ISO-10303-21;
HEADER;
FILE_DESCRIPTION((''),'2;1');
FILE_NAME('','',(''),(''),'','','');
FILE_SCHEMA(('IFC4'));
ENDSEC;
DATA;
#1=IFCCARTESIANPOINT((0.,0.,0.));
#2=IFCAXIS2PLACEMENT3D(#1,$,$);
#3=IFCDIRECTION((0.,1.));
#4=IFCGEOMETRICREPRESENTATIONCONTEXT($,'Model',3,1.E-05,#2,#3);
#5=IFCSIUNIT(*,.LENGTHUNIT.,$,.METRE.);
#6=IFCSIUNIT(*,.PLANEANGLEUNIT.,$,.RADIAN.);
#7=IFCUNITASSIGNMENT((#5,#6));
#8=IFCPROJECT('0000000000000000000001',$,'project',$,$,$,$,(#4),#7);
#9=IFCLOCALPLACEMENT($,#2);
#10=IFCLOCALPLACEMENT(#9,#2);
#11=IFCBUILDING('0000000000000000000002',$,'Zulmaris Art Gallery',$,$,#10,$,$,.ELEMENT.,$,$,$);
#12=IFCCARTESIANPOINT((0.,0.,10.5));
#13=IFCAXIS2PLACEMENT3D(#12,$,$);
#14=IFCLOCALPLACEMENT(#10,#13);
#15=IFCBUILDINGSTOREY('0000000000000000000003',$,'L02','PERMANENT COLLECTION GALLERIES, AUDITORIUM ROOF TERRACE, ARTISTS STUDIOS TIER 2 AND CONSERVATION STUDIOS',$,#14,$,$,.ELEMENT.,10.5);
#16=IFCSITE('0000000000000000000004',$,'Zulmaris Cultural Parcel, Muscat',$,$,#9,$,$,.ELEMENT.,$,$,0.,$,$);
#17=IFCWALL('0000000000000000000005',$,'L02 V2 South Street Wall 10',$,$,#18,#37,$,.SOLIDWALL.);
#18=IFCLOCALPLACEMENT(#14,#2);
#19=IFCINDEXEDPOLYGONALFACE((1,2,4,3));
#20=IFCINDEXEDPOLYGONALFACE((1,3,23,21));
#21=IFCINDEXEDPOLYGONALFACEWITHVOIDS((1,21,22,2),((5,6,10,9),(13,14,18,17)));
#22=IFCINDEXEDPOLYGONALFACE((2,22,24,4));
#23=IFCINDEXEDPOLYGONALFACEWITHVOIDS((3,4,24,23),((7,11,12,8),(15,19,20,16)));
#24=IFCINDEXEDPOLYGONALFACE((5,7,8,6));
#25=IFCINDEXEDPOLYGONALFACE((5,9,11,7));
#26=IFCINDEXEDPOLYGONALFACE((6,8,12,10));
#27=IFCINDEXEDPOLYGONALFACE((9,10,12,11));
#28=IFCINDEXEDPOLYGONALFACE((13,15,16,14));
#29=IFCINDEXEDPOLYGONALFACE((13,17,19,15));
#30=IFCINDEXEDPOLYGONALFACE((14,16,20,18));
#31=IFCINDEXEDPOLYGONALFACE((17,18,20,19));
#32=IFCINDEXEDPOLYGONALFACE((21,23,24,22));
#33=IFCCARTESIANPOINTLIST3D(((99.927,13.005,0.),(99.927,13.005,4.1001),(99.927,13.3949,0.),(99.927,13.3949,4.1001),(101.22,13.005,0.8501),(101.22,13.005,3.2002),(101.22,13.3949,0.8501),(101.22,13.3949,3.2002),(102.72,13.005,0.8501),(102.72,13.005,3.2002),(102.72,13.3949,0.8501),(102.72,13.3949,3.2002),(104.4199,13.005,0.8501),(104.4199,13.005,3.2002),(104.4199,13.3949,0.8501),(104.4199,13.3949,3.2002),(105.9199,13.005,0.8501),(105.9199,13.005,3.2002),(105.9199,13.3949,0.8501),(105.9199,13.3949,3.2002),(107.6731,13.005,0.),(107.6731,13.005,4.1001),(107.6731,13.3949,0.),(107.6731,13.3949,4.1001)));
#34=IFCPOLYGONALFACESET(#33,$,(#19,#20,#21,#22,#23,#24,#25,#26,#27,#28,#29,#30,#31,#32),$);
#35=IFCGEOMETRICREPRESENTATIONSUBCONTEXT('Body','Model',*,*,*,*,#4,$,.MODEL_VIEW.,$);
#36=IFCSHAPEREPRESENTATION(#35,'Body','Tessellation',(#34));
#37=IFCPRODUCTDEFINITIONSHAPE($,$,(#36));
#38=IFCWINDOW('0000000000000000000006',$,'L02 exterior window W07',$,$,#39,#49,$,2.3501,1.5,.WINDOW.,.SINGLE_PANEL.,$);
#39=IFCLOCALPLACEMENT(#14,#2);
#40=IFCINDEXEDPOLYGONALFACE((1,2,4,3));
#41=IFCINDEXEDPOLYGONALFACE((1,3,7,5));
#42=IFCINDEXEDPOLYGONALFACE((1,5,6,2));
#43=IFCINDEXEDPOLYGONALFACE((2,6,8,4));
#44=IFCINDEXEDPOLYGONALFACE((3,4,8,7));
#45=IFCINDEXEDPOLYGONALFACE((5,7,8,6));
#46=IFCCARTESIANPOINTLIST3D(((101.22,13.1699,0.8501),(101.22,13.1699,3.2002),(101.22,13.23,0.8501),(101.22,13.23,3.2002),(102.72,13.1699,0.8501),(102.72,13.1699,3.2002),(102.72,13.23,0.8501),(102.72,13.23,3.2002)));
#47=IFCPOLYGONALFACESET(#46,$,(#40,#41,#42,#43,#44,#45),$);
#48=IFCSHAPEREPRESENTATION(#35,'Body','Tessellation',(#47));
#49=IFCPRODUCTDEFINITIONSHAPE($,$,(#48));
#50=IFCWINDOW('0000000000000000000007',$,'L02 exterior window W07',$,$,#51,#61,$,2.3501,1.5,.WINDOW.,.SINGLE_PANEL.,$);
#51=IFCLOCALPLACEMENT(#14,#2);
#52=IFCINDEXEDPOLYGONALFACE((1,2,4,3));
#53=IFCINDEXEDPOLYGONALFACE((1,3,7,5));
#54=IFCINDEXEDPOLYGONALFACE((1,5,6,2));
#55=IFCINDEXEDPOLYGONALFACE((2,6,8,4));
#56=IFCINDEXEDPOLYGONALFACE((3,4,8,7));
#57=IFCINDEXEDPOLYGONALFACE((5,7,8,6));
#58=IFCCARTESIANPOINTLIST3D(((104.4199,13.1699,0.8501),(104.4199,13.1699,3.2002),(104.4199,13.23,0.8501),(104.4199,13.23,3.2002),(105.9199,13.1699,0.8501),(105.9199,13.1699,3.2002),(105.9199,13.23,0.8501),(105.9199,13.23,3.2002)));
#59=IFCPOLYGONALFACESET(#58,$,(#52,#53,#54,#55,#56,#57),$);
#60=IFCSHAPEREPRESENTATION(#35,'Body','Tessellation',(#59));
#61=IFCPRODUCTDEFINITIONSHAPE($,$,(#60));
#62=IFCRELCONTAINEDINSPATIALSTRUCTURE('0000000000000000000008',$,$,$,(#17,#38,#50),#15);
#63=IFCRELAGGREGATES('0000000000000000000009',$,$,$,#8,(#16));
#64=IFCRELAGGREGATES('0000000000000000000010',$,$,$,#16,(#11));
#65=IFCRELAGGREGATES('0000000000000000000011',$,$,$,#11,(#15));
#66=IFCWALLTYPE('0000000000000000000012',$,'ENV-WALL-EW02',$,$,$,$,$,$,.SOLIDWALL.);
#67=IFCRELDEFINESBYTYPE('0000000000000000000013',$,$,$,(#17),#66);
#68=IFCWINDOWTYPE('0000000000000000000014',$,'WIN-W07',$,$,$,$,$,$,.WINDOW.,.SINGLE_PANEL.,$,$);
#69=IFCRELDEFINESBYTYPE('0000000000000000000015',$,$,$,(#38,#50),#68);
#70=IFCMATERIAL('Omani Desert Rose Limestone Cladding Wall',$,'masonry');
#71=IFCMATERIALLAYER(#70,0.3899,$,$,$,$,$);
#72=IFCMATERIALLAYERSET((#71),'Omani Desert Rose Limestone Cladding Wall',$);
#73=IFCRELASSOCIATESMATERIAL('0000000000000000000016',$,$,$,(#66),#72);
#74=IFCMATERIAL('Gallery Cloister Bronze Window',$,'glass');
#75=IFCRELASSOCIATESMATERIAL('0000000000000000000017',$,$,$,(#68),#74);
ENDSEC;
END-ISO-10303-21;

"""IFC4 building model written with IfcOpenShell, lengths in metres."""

from ifc_helpers import new_model, si_unit, direction, frame, frame_2d, origin, place, context, subcontext, project, spatial, rectangle, extrude, material, layer, layer_set, type_object, element, fill, save


model = new_model("IFC4")

# Units and contexts
model_context = context("Model", 3, precision=1e-05, world=origin(), true_north=direction((0.0, 1.0)))
body_context = subcontext(model_context, "Body", "Model", "MODEL_VIEW")
ifc_project = project(units=[si_unit("LENGTHUNIT", "METRE"), si_unit("PLANEANGLEUNIT", "RADIAN")], contexts=[model_context])

# Site, building, storey
site_placement = place(None, origin())
site = spatial("IfcSite", under=ifc_project, at=site_placement, Name="Zulmaris Cultural Parcel, Muscat", CompositionType="ELEMENT", RefElevation=0.0)
building_placement = place(site_placement, origin())
building = spatial("IfcBuilding", under=site, at=building_placement, Name="Zulmaris Art Gallery", CompositionType="ELEMENT")
storey_placement = place(building_placement, frame((0.0, 0.0, 10.5)))
storey = spatial("IfcBuildingStorey", under=building, at=storey_placement, Name="L02", Description="PERMANENT COLLECTION GALLERIES, AUDITORIUM ROOF TERRACE, ARTISTS STUDIOS TIER 2 AND CONSERVATION STUDIOS", CompositionType="ELEMENT", Elevation=10.5)

# Wall, openings, windows
ifc_material_1 = material(Name="Omani Desert Rose Limestone Cladding Wall", Category="masonry")
ifc_layer_1 = layer(ifc_material_1, 0.3899)
ifc_layer_set_1 = layer_set([ifc_layer_1], Name="Omani Desert Rose Limestone Cladding Wall")
wall_type = type_object("IfcWallType", Name="ENV-WALL-EW02", PredefinedType="SOLIDWALL", material=ifc_layer_set_1)
wall_placement = place(storey_placement, frame((99.927, 13.2, 0.0), z_axis=(0.0, 0.0, 1.0), x_axis=(1.0, 0.0, 0.0)))
wall = element("IfcWall", 1, at=wall_placement, inside=storey, type_object=wall_type, Name="L02 V2 South Street Wall 10", PredefinedType="SOLIDWALL", context=body_context, shape_type="SweptSolid", body=[
    extrude(rectangle(XDim=7.7461, YDim=0.3899, at=frame_2d((3.873, 0.0))), origin(), (0.0, 0.0, 1.0), 4.1001),
])
opening_1_placement = place(wall_placement, frame((1.293, 0.0, 0.8501)))
opening_1 = element("IfcOpeningElement", 2, at=opening_1_placement, cuts=wall, PredefinedType="OPENING", context=body_context, shape_type="SweptSolid", body=[
    extrude(rectangle(XDim=1.5, YDim=2.3501, at=frame_2d((0.75, 1.175))), frame((0.0, 0.2048, 0.0), z_axis=(0.0, -1.0, 0.0), x_axis=(1.0, 0.0, 0.0)), (0.0, 0.0, 1.0), 0.4099),
])
opening_2_placement = place(wall_placement, frame((4.4929, 0.0, 0.8501)))
opening_2 = element("IfcOpeningElement", 3, at=opening_2_placement, cuts=wall, PredefinedType="OPENING", context=body_context, shape_type="SweptSolid", body=[
    extrude(rectangle(XDim=1.5, YDim=2.3501, at=frame_2d((0.75, 1.175))), frame((0.0, 0.2048, 0.0), z_axis=(0.0, -1.0, 0.0), x_axis=(1.0, 0.0, 0.0)), (0.0, 0.0, 1.0), 0.4099),
])
ifc_material_2 = material(Name="Gallery Cloister Bronze Window", Category="glass")
window_type = type_object("IfcWindowType", Name="WIN-W07", PartitioningType="SINGLE_PANEL", PredefinedType="WINDOW", material=ifc_material_2)
window_1_placement = place(opening_1_placement, origin())
window_1 = element("IfcWindow", 4, at=window_1_placement, inside=storey, type_object=window_type, Name="L02 exterior window W07", OverallHeight=2.3501, OverallWidth=1.5, PartitioningType="SINGLE_PANEL", PredefinedType="WINDOW", context=body_context, shape_type="SweptSolid", body=[
    extrude(rectangle(XDim=1.5, YDim=2.3501, at=frame_2d((0.75, 1.175))), frame((0.0, 0.03, 0.0), z_axis=(0.0, -1.0, 0.0), x_axis=(1.0, 0.0, 0.0)), (0.0, 0.0, 1.0), 0.0601),
])
fill(opening_1, window_1)
window_2_placement = place(opening_2_placement, origin())
window_2 = element("IfcWindow", 5, at=window_2_placement, inside=storey, type_object=window_type, Name="L02 exterior window W07", OverallHeight=2.3501, OverallWidth=1.5, PartitioningType="SINGLE_PANEL", PredefinedType="WINDOW", context=body_context, shape_type="SweptSolid", body=[
    extrude(rectangle(XDim=1.5, YDim=2.3501, at=frame_2d((0.75, 1.175))), frame((0.0, 0.03, 0.0), z_axis=(0.0, -1.0, 0.0), x_axis=(1.0, 0.0, 0.0)), (0.0, 0.0, 1.0), 0.0601),
])
fill(opening_2, window_2)

save(model, "model.ifc")
